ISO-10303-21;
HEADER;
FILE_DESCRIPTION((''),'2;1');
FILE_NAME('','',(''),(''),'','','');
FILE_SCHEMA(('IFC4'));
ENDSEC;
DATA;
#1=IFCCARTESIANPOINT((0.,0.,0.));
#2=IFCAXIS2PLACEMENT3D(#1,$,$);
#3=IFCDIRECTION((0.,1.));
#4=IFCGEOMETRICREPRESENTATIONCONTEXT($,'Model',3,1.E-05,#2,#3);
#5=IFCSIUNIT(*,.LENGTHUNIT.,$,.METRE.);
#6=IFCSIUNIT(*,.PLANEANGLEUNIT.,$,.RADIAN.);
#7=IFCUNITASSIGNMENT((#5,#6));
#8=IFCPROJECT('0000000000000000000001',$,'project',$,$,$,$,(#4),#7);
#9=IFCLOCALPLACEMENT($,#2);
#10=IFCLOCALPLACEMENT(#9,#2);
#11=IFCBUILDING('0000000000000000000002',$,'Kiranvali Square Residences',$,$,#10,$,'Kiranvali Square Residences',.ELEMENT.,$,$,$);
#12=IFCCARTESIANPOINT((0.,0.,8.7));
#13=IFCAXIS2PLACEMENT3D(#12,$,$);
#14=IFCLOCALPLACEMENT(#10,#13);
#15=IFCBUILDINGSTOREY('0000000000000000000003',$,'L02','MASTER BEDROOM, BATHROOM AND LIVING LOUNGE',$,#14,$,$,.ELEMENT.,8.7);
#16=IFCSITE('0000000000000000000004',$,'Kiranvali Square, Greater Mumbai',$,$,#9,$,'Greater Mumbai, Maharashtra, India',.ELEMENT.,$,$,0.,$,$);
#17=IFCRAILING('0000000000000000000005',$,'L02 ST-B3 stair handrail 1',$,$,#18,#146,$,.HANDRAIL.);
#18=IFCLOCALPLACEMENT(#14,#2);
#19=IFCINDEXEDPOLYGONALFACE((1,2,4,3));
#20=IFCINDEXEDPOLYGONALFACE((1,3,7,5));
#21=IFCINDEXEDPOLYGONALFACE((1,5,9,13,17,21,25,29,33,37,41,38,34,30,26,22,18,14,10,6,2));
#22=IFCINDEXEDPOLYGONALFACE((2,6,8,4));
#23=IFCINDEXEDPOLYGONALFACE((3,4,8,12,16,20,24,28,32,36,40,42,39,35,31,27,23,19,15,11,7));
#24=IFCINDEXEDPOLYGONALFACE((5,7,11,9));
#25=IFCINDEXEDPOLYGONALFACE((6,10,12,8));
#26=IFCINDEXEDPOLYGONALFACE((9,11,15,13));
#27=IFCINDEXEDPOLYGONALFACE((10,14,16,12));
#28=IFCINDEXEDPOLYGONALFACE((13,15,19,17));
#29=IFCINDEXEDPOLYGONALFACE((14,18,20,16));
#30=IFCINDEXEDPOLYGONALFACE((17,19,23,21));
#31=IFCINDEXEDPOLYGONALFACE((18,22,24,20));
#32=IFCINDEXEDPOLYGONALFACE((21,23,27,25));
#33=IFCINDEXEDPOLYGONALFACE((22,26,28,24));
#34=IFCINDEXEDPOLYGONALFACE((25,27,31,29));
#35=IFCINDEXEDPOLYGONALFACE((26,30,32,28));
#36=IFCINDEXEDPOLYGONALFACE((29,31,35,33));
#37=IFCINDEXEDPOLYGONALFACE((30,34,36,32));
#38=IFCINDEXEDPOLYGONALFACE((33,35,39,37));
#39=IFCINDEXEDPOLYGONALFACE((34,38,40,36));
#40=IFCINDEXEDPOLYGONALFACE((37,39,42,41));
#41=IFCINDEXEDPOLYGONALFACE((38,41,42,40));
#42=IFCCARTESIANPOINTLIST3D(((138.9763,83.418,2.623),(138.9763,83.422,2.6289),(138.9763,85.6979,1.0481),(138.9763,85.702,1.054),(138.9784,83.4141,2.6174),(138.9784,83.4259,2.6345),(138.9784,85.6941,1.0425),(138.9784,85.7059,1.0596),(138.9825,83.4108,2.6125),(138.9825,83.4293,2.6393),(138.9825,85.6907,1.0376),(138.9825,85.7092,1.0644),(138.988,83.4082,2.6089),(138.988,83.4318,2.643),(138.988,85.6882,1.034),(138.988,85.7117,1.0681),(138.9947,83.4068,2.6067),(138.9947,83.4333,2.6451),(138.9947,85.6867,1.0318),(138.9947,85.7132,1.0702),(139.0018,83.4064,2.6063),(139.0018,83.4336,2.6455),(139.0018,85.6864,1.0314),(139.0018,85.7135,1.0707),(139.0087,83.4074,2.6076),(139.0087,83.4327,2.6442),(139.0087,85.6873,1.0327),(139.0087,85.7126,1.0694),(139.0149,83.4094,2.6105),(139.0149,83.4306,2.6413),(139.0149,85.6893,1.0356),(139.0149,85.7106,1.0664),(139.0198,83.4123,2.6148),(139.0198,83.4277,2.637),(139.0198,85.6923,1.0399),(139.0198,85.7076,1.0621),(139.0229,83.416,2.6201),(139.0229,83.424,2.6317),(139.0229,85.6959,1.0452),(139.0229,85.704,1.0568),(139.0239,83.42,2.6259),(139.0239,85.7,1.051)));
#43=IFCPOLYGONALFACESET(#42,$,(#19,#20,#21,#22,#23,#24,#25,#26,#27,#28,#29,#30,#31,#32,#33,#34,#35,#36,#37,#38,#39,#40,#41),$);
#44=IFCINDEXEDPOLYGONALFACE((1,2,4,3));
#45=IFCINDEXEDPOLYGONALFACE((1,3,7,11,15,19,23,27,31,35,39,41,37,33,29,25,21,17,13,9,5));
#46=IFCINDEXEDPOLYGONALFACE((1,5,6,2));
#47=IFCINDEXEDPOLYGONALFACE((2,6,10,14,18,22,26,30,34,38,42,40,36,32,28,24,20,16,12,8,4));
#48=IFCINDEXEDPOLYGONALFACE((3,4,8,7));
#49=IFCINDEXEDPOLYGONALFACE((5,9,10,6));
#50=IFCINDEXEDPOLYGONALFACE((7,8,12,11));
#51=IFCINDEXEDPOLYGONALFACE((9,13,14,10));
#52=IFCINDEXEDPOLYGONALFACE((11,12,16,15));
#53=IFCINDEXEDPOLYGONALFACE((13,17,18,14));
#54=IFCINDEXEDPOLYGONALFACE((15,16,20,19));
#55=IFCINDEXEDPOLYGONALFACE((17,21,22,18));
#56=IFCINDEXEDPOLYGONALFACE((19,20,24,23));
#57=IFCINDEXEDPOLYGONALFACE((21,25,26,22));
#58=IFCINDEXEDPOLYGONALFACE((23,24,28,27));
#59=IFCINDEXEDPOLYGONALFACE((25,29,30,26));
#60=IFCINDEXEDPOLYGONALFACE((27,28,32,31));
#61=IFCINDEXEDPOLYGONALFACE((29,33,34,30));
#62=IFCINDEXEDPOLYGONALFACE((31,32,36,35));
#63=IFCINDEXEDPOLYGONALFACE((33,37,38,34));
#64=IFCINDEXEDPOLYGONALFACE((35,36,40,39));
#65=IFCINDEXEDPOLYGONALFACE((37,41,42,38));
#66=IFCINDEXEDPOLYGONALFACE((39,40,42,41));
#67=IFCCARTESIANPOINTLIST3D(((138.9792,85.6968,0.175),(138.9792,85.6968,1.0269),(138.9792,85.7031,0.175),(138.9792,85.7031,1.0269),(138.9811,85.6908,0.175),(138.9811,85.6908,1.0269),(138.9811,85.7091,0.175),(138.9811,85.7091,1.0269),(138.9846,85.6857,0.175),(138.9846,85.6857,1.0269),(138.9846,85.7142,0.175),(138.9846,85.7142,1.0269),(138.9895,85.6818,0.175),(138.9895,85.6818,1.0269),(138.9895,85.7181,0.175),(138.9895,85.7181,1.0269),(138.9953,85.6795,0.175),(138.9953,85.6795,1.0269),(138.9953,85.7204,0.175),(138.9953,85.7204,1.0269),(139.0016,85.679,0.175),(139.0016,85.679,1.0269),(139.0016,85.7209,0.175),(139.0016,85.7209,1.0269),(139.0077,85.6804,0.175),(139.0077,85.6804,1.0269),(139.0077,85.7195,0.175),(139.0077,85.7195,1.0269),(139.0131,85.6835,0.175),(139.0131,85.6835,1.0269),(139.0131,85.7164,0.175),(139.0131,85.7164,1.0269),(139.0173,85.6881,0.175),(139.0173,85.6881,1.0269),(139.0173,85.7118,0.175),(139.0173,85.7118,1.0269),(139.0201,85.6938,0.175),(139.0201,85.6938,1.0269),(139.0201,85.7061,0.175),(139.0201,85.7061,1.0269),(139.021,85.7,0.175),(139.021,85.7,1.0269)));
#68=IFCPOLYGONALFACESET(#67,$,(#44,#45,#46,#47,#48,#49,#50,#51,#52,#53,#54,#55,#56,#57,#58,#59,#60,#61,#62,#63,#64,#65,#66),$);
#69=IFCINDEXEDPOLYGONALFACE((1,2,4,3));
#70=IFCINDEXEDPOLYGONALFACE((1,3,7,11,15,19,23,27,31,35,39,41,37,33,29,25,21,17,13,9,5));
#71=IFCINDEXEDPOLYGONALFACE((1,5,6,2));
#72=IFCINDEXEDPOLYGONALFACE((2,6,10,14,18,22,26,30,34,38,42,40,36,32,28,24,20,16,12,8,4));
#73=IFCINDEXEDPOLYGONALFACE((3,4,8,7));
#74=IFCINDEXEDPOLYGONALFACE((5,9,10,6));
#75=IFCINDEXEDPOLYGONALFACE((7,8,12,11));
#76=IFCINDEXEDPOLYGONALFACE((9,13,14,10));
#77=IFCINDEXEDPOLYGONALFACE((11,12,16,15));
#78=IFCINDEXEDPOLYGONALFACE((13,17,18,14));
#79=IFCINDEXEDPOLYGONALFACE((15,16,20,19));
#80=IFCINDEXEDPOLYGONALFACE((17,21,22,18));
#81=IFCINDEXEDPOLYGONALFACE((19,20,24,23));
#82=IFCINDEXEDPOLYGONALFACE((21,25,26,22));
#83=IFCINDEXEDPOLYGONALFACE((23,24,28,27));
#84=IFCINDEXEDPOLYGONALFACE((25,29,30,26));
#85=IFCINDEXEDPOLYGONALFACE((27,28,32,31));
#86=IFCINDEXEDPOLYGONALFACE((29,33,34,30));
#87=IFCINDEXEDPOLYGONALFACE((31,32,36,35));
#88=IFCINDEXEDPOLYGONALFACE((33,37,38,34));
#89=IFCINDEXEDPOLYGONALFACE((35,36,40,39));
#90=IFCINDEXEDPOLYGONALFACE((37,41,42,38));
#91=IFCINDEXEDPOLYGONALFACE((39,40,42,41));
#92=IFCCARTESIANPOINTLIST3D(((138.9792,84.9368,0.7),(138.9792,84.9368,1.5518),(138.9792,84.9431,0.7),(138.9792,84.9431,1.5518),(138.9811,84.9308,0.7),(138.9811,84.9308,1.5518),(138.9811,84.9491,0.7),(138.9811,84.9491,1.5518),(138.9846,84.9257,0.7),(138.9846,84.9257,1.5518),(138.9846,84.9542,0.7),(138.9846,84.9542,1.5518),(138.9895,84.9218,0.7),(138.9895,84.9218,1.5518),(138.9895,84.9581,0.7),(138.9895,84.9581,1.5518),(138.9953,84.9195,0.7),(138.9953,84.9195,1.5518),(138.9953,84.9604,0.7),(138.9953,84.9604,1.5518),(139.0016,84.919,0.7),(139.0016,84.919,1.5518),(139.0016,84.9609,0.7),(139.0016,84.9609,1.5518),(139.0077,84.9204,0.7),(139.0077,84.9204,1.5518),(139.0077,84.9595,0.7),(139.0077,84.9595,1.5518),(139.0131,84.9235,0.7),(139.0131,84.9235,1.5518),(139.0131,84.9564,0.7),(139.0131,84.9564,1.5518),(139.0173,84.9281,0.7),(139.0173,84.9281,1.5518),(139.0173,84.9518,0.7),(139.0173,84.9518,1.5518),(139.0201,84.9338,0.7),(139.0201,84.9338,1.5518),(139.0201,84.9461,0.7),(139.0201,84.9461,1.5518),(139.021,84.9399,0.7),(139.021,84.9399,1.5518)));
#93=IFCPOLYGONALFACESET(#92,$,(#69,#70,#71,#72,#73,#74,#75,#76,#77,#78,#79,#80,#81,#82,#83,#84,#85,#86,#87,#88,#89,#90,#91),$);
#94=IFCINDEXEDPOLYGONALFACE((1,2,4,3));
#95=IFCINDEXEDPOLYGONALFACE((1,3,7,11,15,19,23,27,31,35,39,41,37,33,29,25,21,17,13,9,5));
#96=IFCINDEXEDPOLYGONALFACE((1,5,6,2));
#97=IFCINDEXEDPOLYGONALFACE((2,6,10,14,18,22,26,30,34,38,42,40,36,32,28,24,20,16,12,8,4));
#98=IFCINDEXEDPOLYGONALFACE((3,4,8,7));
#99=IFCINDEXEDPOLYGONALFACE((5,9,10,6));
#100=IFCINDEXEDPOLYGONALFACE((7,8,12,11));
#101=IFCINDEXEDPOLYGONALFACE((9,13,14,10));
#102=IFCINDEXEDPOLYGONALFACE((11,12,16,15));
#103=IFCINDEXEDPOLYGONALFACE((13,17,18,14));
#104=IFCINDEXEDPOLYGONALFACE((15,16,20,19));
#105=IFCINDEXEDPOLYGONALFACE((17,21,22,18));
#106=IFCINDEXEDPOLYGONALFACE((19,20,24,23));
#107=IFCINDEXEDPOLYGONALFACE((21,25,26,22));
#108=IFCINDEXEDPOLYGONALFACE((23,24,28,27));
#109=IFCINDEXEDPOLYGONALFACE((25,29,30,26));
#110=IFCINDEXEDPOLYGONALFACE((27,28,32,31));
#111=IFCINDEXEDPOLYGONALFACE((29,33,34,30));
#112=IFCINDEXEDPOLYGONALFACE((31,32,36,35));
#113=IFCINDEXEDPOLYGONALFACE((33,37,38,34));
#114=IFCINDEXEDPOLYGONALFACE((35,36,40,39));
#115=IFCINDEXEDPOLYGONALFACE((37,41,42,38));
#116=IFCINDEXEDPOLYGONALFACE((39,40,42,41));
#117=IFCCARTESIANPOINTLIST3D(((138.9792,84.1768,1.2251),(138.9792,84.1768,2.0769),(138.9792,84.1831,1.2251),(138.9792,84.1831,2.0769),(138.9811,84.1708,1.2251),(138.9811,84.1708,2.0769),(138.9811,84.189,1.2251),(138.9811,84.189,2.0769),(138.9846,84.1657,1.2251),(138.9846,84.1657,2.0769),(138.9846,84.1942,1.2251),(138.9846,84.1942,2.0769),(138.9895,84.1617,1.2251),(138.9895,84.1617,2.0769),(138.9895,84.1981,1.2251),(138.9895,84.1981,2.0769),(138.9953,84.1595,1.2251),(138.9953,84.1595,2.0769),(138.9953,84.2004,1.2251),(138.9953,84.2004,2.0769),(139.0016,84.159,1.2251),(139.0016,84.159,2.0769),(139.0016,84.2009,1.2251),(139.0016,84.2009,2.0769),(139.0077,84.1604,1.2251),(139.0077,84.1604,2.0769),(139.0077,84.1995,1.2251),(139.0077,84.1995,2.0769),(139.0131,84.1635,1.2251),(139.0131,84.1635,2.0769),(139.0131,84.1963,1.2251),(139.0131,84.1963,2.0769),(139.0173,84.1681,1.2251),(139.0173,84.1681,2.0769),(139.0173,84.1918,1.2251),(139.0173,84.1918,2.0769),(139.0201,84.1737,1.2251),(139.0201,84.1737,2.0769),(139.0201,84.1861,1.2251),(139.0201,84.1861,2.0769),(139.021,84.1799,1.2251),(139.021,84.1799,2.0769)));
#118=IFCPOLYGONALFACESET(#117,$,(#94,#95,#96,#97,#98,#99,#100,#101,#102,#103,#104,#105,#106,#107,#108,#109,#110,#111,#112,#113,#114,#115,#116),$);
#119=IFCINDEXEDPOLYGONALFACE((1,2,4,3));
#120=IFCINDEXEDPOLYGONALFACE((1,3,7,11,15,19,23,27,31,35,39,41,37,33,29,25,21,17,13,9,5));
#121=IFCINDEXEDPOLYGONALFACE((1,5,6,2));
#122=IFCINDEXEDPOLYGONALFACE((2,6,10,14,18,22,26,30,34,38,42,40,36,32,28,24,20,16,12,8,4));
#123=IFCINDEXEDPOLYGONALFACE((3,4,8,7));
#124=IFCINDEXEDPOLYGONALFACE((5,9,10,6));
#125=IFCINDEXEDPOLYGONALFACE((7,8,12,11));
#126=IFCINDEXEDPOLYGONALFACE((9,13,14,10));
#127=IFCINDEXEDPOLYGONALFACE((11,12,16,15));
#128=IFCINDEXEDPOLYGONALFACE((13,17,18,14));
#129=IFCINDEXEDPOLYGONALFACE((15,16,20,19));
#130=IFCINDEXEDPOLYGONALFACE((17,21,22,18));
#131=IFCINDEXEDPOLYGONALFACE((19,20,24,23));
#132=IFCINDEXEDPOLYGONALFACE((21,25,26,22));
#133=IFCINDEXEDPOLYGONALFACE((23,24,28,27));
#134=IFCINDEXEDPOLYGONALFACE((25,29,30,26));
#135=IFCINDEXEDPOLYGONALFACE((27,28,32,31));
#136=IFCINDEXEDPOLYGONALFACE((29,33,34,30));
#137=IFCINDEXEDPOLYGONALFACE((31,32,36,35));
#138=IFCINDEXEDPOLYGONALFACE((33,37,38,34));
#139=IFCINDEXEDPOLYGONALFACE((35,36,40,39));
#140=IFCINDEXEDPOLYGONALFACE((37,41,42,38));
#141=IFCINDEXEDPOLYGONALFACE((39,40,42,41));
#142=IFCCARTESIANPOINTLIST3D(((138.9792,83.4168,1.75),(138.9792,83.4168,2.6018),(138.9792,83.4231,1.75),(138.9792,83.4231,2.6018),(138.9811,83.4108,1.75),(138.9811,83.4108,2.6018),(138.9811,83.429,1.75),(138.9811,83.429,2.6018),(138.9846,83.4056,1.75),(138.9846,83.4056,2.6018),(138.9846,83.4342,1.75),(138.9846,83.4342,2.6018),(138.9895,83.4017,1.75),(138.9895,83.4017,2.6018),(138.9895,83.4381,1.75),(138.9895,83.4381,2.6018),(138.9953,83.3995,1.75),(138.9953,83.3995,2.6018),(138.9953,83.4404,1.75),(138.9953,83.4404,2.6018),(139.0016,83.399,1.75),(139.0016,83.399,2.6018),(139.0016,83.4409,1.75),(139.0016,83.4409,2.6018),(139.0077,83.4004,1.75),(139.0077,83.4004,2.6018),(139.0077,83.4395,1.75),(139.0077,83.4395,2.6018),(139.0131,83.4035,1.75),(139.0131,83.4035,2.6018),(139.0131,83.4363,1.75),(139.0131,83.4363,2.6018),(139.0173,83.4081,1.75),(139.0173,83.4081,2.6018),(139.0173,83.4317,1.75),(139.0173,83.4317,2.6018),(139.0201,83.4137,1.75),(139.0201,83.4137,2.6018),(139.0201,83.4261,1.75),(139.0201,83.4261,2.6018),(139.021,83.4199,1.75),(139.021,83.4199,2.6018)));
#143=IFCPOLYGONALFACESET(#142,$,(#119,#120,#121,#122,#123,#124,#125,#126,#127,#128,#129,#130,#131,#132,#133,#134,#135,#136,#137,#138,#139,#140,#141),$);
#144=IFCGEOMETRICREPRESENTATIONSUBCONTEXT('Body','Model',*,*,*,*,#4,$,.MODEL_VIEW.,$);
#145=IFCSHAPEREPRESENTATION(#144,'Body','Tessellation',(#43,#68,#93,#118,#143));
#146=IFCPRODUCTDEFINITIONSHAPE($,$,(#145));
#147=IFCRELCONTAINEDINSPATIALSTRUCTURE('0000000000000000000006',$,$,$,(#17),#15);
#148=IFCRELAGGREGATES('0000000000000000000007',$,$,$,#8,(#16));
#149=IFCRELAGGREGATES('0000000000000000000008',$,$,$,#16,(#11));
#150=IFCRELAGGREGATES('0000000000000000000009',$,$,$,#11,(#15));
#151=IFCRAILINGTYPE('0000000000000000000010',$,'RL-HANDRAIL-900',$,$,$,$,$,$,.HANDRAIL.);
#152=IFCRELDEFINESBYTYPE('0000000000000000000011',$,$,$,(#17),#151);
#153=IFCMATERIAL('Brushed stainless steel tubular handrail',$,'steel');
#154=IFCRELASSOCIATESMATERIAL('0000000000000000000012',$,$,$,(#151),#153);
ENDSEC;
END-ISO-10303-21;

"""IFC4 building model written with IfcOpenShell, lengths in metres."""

from ifc_helpers import new_model, si_unit, direction, frame, origin, origin_2d, place, context, subcontext, project, spatial, circle, extrude, material, type_object, element, save


model = new_model("IFC4")

# Units and contexts
model_context = context("Model", 3, precision=1e-05, world=origin(), true_north=direction((0.0, 1.0)))
body_context = subcontext(model_context, "Body", "Model", "MODEL_VIEW")
ifc_project = project(units=[si_unit("LENGTHUNIT", "METRE"), si_unit("PLANEANGLEUNIT", "RADIAN")], contexts=[model_context])

# Site, building, storey
site_placement = place(None, origin())
site = spatial("IfcSite", under=ifc_project, at=site_placement, Name="Kiranvali Square, Greater Mumbai", LongName="Greater Mumbai, Maharashtra, India", CompositionType="ELEMENT", RefElevation=0.0)
building_placement = place(site_placement, origin())
building = spatial("IfcBuilding", under=site, at=building_placement, Name="Kiranvali Square Residences", LongName="Kiranvali Square Residences", CompositionType="ELEMENT")
storey_placement = place(building_placement, frame((0.0, 0.0, 8.7)))
storey = spatial("IfcBuildingStorey", under=building, at=storey_placement, Name="L02", Description="MASTER BEDROOM, BATHROOM AND LIVING LOUNGE", CompositionType="ELEMENT", Elevation=8.7)

# Railing
ifc_material_1 = material(Name="Brushed stainless steel tubular handrail", Category="steel")
railing_type_1 = type_object("IfcRailingType", Name="RL-HANDRAIL-900", PredefinedType="HANDRAIL", material=ifc_material_1)
railing_1_placement = place(storey_placement, frame((139.0, 85.7, 0.175)))
element("IfcRailing", 1, at=railing_1_placement, inside=storey, type_object=railing_type_1, Name="L02 ST-B3 stair handrail 1", PredefinedType="HANDRAIL", context=body_context, shape_type="SweptSolid", body=[
    extrude(circle(Radius=0.0239, at=origin_2d()), frame((0.0, 0.0, 0.876), z_axis=(0.0, -0.822788, 0.568348), x_axis=(1.0, 0.0, 0.0)), (0.0, 0.0, 1.0), 2.771),
    extrude(circle(Radius=0.021, at=origin_2d()), origin(), (0.0, 0.0, 1.0), 0.8518),
    extrude(circle(Radius=0.021, at=origin_2d()), frame((0.0, -0.76, 0.5249)), (0.0, 0.0, 1.0), 0.8518),
    extrude(circle(Radius=0.021, at=origin_2d()), frame((0.0, -1.52, 1.05)), (0.0, 0.0, 1.0), 0.8518),
    extrude(circle(Radius=0.021, at=origin_2d()), frame((0.0, -2.28, 1.575)), (0.0, 0.0, 1.0), 0.8518),
])

save(model, "model.ifc")
